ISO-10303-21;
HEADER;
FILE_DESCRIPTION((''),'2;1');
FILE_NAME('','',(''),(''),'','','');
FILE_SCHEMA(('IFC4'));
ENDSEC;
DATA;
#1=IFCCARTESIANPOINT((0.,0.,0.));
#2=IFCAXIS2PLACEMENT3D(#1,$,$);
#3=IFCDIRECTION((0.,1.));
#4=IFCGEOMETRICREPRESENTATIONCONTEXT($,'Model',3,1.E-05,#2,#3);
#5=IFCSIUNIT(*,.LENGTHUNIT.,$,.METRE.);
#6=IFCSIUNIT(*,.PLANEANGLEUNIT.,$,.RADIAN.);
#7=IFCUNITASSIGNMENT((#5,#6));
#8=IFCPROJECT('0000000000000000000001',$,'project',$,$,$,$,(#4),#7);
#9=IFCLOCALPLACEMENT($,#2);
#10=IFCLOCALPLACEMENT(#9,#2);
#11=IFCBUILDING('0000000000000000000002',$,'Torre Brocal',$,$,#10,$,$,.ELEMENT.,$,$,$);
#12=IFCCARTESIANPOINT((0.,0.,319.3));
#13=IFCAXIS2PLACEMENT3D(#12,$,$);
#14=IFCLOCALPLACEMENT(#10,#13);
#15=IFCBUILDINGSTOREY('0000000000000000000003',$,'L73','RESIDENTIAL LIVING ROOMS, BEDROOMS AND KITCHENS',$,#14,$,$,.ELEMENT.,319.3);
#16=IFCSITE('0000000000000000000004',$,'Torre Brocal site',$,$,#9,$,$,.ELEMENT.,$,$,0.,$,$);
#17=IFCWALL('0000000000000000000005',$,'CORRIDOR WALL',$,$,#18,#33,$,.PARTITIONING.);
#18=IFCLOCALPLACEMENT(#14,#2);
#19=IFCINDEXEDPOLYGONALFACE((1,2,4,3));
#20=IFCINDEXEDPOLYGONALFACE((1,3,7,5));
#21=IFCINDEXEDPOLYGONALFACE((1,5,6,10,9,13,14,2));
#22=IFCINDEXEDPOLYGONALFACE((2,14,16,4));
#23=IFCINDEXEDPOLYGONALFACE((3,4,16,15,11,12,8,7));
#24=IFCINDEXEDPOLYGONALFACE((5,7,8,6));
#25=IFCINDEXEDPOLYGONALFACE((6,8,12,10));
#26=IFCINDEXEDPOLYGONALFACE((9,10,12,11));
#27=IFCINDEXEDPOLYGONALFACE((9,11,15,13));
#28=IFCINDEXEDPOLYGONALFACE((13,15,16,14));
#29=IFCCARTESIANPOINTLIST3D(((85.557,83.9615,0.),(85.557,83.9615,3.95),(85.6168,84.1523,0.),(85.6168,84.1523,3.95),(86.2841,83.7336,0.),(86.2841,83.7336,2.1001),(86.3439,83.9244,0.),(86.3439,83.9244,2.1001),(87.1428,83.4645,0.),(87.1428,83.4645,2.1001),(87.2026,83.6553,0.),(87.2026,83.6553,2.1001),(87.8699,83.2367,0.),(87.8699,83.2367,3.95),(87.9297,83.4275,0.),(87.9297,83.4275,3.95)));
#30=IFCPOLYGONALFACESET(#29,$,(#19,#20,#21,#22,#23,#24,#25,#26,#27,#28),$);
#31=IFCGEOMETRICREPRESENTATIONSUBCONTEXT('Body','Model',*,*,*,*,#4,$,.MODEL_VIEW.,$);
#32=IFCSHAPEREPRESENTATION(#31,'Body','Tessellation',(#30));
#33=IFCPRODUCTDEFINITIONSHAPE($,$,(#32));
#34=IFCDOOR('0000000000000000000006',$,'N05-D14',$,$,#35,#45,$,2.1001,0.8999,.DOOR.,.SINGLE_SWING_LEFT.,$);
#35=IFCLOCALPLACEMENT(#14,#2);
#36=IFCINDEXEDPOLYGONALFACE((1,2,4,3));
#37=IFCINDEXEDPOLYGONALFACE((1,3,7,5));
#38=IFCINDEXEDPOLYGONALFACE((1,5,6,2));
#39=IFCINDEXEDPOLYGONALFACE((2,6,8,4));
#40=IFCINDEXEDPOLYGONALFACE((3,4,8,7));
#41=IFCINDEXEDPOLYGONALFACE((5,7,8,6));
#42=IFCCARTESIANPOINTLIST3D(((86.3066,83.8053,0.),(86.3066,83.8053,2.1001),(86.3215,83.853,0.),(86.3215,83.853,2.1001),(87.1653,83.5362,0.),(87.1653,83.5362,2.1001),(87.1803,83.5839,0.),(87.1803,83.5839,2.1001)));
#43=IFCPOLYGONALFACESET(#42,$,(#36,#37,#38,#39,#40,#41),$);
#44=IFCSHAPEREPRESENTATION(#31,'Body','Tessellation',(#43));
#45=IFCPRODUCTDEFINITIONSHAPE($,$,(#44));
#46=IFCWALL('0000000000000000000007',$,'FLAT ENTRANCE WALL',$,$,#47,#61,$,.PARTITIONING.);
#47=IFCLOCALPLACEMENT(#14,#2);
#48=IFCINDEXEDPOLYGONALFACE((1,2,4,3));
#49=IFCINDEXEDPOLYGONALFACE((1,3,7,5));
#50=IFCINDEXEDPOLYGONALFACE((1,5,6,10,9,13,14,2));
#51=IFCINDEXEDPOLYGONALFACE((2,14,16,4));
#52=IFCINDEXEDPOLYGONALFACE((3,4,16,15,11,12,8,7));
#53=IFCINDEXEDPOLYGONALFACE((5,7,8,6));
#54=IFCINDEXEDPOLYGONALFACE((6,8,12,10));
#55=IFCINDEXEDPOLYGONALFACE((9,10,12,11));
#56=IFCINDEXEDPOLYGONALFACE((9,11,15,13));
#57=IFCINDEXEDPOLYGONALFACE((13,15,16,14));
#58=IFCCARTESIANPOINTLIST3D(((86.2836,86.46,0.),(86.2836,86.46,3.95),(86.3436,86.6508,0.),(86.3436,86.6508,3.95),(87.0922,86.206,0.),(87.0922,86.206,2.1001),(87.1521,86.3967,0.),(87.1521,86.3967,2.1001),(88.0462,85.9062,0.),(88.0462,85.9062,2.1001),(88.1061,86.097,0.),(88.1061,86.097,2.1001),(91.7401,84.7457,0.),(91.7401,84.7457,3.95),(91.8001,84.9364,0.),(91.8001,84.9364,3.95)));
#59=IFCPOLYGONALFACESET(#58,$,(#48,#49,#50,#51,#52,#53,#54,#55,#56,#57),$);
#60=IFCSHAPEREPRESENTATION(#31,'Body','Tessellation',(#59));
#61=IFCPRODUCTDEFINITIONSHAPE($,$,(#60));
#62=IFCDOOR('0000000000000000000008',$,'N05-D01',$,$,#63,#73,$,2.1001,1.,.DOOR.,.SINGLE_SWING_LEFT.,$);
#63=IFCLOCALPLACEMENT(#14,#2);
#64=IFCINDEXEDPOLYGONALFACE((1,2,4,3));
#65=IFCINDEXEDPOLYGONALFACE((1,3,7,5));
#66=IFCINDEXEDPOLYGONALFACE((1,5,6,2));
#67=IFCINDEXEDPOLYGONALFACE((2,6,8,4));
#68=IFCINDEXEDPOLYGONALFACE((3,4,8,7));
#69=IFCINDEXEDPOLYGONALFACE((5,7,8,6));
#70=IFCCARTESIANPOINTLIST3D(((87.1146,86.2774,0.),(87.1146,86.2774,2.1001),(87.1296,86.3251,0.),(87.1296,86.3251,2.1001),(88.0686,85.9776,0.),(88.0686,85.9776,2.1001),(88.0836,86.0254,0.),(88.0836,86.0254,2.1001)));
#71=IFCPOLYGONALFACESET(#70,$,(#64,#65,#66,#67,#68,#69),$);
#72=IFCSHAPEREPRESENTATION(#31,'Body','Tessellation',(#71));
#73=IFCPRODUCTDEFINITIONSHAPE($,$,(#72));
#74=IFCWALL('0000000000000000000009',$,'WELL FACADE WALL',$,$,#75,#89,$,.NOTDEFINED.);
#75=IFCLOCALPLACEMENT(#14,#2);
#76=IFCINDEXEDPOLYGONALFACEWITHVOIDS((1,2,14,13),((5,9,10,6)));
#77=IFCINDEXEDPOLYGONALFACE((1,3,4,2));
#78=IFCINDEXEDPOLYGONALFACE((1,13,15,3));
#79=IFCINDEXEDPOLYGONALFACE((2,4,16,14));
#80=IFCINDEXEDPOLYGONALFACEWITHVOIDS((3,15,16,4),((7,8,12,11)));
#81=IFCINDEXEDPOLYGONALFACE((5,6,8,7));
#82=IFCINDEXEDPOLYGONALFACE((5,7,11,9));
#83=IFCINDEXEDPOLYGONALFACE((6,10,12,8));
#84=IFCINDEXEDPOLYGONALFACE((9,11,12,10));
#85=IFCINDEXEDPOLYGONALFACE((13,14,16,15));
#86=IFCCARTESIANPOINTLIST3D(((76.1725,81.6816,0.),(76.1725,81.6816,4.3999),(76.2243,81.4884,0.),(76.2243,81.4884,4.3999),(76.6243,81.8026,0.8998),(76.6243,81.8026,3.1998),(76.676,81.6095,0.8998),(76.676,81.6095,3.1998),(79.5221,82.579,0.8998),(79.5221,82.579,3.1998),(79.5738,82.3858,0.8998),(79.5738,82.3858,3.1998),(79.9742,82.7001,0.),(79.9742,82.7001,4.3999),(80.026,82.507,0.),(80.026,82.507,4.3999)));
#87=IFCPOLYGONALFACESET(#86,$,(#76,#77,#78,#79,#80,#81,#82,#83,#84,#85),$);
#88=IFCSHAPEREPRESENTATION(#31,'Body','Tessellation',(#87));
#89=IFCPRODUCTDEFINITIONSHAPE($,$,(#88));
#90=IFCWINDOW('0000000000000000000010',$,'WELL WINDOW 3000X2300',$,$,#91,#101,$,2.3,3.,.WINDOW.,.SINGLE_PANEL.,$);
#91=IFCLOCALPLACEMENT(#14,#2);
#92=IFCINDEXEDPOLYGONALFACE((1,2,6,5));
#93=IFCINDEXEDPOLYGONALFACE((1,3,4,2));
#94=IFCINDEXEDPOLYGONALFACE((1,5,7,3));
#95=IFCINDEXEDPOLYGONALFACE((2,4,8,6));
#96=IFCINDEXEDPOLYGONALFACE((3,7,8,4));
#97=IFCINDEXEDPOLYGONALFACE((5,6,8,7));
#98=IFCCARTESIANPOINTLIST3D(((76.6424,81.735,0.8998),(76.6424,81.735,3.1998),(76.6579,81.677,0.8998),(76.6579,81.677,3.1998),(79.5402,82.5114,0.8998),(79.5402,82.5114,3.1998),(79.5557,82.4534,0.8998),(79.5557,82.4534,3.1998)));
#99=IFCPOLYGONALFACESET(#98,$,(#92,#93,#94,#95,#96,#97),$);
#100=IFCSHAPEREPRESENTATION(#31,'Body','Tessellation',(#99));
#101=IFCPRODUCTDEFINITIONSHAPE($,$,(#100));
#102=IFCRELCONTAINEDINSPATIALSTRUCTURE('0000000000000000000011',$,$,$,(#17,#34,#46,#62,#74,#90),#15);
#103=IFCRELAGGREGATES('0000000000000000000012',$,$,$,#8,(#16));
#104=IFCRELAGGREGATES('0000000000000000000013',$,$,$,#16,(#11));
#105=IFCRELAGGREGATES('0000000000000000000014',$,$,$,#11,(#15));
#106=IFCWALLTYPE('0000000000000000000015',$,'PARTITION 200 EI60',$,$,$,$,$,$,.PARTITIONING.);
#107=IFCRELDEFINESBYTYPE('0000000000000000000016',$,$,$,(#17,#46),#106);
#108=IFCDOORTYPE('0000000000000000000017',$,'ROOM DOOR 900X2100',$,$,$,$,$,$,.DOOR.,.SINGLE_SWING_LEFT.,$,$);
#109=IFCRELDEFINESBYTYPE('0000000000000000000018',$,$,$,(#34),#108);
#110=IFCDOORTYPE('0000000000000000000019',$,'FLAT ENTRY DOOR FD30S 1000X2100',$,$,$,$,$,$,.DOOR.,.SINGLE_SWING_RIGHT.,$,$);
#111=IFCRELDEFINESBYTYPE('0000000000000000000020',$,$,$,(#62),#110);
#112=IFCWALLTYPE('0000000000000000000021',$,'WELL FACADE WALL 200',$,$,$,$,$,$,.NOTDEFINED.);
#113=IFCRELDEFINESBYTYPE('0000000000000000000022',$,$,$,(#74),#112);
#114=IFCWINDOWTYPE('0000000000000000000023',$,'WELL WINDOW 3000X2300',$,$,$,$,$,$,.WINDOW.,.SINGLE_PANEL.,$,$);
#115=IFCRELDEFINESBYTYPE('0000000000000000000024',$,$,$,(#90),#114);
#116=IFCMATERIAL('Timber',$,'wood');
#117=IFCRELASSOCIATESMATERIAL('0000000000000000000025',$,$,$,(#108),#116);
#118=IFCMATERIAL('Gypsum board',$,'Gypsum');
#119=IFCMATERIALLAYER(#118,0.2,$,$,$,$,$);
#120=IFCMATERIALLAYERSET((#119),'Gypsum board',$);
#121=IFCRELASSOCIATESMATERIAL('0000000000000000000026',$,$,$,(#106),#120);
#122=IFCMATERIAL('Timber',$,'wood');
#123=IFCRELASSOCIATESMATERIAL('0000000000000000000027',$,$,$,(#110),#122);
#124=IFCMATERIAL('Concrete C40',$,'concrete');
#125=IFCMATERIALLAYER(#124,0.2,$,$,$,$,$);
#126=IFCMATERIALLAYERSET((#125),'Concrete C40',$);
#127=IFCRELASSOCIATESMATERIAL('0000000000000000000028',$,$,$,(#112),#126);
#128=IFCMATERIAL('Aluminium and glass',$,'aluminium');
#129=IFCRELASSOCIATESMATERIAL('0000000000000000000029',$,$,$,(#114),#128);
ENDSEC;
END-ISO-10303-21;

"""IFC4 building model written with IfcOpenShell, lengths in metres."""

from ifc_helpers import new_model, si_unit, direction, frame, frame_2d, origin, place, context, subcontext, project, spatial, rectangle, extrude, material, layer, layer_set, type_object, element, fill, save


model = new_model("IFC4")

# Units and contexts
model_context = context("Model", 3, precision=1e-05, world=origin(), true_north=direction((0.0, 1.0)))
body_context = subcontext(model_context, "Body", "Model", "MODEL_VIEW")
ifc_project = project(units=[si_unit("LENGTHUNIT", "METRE"), si_unit("PLANEANGLEUNIT", "RADIAN")], contexts=[model_context])

# Site, building, storey
site_placement = place(None, origin())
site = spatial("IfcSite", under=ifc_project, at=site_placement, Name="Torre Brocal site", CompositionType="ELEMENT", RefElevation=0.0)
building_placement = place(site_placement, origin())
building = spatial("IfcBuilding", under=site, at=building_placement, Name="Torre Brocal", CompositionType="ELEMENT")
storey_placement = place(building_placement, frame((0.0, 0.0, 319.3)))
storey = spatial("IfcBuildingStorey", under=building, at=storey_placement, Name="L73", Description="RESIDENTIAL LIVING ROOMS, BEDROOMS AND KITCHENS", CompositionType="ELEMENT", Elevation=319.3)

# Shared definitions
ifc_material_1 = material(Name="Timber", Category="wood")
door_type_1 = type_object("IfcDoorType", Name="ROOM DOOR 900X2100", OperationType="SINGLE_SWING_LEFT", PredefinedType="DOOR", material=ifc_material_1)

# Shared definitions
ifc_material_2 = material(Name="Gypsum board", Category="Gypsum")
ifc_layer_1 = layer(ifc_material_2, 0.2)
ifc_layer_set_1 = layer_set([ifc_layer_1], Name="Gypsum board")
wall_type_1 = type_object("IfcWallType", Name="PARTITION 200 EI60", PredefinedType="PARTITIONING", material=ifc_layer_set_1)

# Walls, openings, doors
wall_1_placement = place(storey_placement, frame((85.5869, 84.0569, 0.0), z_axis=(0.0, 0.0, 1.0), x_axis=(0.95424, -0.299043, 0.0)))
wall_1 = element("IfcWall", 1, at=wall_1_placement, inside=storey, type_object=wall_type_1, Name="CORRIDOR WALL", PredefinedType="PARTITIONING", context=body_context, shape_type="SweptSolid", body=[
    extrude(rectangle(XDim=2.4238, YDim=0.2, at=frame_2d((1.2119, 0.0))), origin(), (0.0, 0.0, 1.0), 3.95),
])
opening_1_placement = place(wall_1_placement, frame((0.762, 0.0, 0.0)))
opening_1 = element("IfcOpeningElement", 2, at=opening_1_placement, cuts=wall_1, PredefinedType="OPENING", context=body_context, shape_type="SweptSolid", body=[
    extrude(rectangle(XDim=0.8999, YDim=2.1001, at=frame_2d((0.45, 1.05))), frame((0.0, 0.1099, 0.0), z_axis=(0.0, -1.0, 0.0), x_axis=(1.0, 0.0, 0.0)), (0.0, 0.0, 1.0), 0.22),
])
door_1_placement = place(opening_1_placement, frame((0.8999, 0.0, 0.0), z_axis=(0.0, 0.0, 1.0), x_axis=(-1.0, 0.0, 0.0)))
door_1 = element("IfcDoor", 3, at=door_1_placement, inside=storey, type_object=door_type_1, Name="N05-D14", OperationType="SINGLE_SWING_LEFT", OverallHeight=2.1001, OverallWidth=0.8999, PredefinedType="DOOR", context=body_context, shape_type="SweptSolid", body=[
    extrude(rectangle(XDim=0.8999, YDim=2.1001, at=frame_2d((0.45, 1.05))), frame((0.0, 0.0249, 0.0), z_axis=(0.0, -1.0, 0.0), x_axis=(1.0, 0.0, 0.0)), (0.0, 0.0, 1.0), 0.05),
])
fill(opening_1, door_1)
wall_2_placement = place(storey_placement, frame((86.3135, 86.5554, 0.0), z_axis=(0.0, 0.0, 1.0), x_axis=(0.954022, -0.299738, 0.0)))
wall_2 = element("IfcWall", 4, at=wall_2_placement, inside=storey, type_object=wall_type_1, Name="FLAT ENTRANCE WALL", PredefinedType="PARTITIONING", context=body_context, shape_type="SweptSolid", body=[
    extrude(rectangle(XDim=5.7195, YDim=0.2, at=frame_2d((2.8599, 0.0))), origin(), (0.0, 0.0, 1.0), 3.95),
])
opening_2_placement = place(wall_2_placement, frame((0.8477, 0.0, 0.0)))
opening_2 = element("IfcOpeningElement", 5, at=opening_2_placement, cuts=wall_2, PredefinedType="OPENING", context=body_context, shape_type="SweptSolid", body=[
    extrude(rectangle(XDim=1.0, YDim=2.1001, at=frame_2d((0.5, 1.05))), frame((0.0, 0.1099, 0.0), z_axis=(0.0, -1.0, 0.0), x_axis=(1.0, 0.0, 0.0)), (0.0, 0.0, 1.0), 0.22),
])
ifc_material_3 = material(Name="Timber", Category="wood")
door_type_2 = type_object("IfcDoorType", Name="FLAT ENTRY DOOR FD30S 1000X2100", OperationType="SINGLE_SWING_RIGHT", PredefinedType="DOOR", material=ifc_material_3)
door_2_placement = place(opening_2_placement, origin())
door_2 = element("IfcDoor", 6, at=door_2_placement, inside=storey, type_object=door_type_2, Name="N05-D01", OperationType="SINGLE_SWING_LEFT", OverallHeight=2.1001, OverallWidth=1.0, PredefinedType="DOOR", context=body_context, shape_type="SweptSolid", body=[
    extrude(rectangle(XDim=1.0, YDim=2.1001, at=frame_2d((0.5, 1.05))), frame((0.0, 0.0249, 0.0), z_axis=(0.0, -1.0, 0.0), x_axis=(1.0, 0.0, 0.0)), (0.0, 0.0, 1.0), 0.05),
])
fill(opening_2, door_2)

# Wall, opening, window
ifc_material_4 = material(Name="Concrete C40", Category="concrete")
ifc_layer_2 = layer(ifc_material_4, 0.2)
ifc_layer_set_2 = layer_set([ifc_layer_2], Name="Concrete C40")
wall_type_2 = type_object("IfcWallType", Name="WELL FACADE WALL 200", PredefinedType="NOTDEFINED", material=ifc_layer_set_2)
wall_3_placement = place(storey_placement, frame((80.0, 82.6035, 0.0), z_axis=(0.0, 0.0, 1.0), x_axis=(-0.965934, -0.25879, 0.0)))
wall_3 = element("IfcWall", 7, at=wall_3_placement, inside=storey, type_object=wall_type_2, Name="WELL FACADE WALL", PredefinedType="NOTDEFINED", context=body_context, shape_type="SweptSolid", body=[
    extrude(rectangle(XDim=3.9358, YDim=0.2, at=frame_2d((1.9678, 0.0))), origin(), (0.0, 0.0, 1.0), 4.3999),
])
opening_3_placement = place(wall_3_placement, frame((0.468, 0.0, 0.8999)))
opening_3 = element("IfcOpeningElement", 8, at=opening_3_placement, cuts=wall_3, PredefinedType="OPENING", context=body_context, shape_type="SweptSolid", body=[
    extrude(rectangle(XDim=3.0, YDim=2.3, at=frame_2d((1.5, 1.1499))), frame((0.0, 0.1099, 0.0), z_axis=(0.0, -1.0, 0.0), x_axis=(1.0, 0.0, 0.0)), (0.0, 0.0, 1.0), 0.22),
])
ifc_material_5 = material(Name="Aluminium and glass", Category="aluminium")
window_type = type_object("IfcWindowType", Name="WELL WINDOW 3000X2300", PartitioningType="SINGLE_PANEL", PredefinedType="WINDOW", material=ifc_material_5)
window_placement = place(opening_3_placement, origin())
window = element("IfcWindow", 9, at=window_placement, inside=storey, type_object=window_type, Name="WELL WINDOW 3000X2300", OverallHeight=2.3, OverallWidth=3.0, PartitioningType="SINGLE_PANEL", PredefinedType="WINDOW", context=body_context, shape_type="SweptSolid", body=[
    extrude(rectangle(XDim=3.0, YDim=2.3, at=frame_2d((1.5, 1.1499))), frame((0.0, 0.03, 0.0), z_axis=(0.0, -1.0, 0.0), x_axis=(1.0, 0.0, 0.0)), (0.0, 0.0, 1.0), 0.0601),
])
fill(opening_3, window)

save(model, "model.ifc")
